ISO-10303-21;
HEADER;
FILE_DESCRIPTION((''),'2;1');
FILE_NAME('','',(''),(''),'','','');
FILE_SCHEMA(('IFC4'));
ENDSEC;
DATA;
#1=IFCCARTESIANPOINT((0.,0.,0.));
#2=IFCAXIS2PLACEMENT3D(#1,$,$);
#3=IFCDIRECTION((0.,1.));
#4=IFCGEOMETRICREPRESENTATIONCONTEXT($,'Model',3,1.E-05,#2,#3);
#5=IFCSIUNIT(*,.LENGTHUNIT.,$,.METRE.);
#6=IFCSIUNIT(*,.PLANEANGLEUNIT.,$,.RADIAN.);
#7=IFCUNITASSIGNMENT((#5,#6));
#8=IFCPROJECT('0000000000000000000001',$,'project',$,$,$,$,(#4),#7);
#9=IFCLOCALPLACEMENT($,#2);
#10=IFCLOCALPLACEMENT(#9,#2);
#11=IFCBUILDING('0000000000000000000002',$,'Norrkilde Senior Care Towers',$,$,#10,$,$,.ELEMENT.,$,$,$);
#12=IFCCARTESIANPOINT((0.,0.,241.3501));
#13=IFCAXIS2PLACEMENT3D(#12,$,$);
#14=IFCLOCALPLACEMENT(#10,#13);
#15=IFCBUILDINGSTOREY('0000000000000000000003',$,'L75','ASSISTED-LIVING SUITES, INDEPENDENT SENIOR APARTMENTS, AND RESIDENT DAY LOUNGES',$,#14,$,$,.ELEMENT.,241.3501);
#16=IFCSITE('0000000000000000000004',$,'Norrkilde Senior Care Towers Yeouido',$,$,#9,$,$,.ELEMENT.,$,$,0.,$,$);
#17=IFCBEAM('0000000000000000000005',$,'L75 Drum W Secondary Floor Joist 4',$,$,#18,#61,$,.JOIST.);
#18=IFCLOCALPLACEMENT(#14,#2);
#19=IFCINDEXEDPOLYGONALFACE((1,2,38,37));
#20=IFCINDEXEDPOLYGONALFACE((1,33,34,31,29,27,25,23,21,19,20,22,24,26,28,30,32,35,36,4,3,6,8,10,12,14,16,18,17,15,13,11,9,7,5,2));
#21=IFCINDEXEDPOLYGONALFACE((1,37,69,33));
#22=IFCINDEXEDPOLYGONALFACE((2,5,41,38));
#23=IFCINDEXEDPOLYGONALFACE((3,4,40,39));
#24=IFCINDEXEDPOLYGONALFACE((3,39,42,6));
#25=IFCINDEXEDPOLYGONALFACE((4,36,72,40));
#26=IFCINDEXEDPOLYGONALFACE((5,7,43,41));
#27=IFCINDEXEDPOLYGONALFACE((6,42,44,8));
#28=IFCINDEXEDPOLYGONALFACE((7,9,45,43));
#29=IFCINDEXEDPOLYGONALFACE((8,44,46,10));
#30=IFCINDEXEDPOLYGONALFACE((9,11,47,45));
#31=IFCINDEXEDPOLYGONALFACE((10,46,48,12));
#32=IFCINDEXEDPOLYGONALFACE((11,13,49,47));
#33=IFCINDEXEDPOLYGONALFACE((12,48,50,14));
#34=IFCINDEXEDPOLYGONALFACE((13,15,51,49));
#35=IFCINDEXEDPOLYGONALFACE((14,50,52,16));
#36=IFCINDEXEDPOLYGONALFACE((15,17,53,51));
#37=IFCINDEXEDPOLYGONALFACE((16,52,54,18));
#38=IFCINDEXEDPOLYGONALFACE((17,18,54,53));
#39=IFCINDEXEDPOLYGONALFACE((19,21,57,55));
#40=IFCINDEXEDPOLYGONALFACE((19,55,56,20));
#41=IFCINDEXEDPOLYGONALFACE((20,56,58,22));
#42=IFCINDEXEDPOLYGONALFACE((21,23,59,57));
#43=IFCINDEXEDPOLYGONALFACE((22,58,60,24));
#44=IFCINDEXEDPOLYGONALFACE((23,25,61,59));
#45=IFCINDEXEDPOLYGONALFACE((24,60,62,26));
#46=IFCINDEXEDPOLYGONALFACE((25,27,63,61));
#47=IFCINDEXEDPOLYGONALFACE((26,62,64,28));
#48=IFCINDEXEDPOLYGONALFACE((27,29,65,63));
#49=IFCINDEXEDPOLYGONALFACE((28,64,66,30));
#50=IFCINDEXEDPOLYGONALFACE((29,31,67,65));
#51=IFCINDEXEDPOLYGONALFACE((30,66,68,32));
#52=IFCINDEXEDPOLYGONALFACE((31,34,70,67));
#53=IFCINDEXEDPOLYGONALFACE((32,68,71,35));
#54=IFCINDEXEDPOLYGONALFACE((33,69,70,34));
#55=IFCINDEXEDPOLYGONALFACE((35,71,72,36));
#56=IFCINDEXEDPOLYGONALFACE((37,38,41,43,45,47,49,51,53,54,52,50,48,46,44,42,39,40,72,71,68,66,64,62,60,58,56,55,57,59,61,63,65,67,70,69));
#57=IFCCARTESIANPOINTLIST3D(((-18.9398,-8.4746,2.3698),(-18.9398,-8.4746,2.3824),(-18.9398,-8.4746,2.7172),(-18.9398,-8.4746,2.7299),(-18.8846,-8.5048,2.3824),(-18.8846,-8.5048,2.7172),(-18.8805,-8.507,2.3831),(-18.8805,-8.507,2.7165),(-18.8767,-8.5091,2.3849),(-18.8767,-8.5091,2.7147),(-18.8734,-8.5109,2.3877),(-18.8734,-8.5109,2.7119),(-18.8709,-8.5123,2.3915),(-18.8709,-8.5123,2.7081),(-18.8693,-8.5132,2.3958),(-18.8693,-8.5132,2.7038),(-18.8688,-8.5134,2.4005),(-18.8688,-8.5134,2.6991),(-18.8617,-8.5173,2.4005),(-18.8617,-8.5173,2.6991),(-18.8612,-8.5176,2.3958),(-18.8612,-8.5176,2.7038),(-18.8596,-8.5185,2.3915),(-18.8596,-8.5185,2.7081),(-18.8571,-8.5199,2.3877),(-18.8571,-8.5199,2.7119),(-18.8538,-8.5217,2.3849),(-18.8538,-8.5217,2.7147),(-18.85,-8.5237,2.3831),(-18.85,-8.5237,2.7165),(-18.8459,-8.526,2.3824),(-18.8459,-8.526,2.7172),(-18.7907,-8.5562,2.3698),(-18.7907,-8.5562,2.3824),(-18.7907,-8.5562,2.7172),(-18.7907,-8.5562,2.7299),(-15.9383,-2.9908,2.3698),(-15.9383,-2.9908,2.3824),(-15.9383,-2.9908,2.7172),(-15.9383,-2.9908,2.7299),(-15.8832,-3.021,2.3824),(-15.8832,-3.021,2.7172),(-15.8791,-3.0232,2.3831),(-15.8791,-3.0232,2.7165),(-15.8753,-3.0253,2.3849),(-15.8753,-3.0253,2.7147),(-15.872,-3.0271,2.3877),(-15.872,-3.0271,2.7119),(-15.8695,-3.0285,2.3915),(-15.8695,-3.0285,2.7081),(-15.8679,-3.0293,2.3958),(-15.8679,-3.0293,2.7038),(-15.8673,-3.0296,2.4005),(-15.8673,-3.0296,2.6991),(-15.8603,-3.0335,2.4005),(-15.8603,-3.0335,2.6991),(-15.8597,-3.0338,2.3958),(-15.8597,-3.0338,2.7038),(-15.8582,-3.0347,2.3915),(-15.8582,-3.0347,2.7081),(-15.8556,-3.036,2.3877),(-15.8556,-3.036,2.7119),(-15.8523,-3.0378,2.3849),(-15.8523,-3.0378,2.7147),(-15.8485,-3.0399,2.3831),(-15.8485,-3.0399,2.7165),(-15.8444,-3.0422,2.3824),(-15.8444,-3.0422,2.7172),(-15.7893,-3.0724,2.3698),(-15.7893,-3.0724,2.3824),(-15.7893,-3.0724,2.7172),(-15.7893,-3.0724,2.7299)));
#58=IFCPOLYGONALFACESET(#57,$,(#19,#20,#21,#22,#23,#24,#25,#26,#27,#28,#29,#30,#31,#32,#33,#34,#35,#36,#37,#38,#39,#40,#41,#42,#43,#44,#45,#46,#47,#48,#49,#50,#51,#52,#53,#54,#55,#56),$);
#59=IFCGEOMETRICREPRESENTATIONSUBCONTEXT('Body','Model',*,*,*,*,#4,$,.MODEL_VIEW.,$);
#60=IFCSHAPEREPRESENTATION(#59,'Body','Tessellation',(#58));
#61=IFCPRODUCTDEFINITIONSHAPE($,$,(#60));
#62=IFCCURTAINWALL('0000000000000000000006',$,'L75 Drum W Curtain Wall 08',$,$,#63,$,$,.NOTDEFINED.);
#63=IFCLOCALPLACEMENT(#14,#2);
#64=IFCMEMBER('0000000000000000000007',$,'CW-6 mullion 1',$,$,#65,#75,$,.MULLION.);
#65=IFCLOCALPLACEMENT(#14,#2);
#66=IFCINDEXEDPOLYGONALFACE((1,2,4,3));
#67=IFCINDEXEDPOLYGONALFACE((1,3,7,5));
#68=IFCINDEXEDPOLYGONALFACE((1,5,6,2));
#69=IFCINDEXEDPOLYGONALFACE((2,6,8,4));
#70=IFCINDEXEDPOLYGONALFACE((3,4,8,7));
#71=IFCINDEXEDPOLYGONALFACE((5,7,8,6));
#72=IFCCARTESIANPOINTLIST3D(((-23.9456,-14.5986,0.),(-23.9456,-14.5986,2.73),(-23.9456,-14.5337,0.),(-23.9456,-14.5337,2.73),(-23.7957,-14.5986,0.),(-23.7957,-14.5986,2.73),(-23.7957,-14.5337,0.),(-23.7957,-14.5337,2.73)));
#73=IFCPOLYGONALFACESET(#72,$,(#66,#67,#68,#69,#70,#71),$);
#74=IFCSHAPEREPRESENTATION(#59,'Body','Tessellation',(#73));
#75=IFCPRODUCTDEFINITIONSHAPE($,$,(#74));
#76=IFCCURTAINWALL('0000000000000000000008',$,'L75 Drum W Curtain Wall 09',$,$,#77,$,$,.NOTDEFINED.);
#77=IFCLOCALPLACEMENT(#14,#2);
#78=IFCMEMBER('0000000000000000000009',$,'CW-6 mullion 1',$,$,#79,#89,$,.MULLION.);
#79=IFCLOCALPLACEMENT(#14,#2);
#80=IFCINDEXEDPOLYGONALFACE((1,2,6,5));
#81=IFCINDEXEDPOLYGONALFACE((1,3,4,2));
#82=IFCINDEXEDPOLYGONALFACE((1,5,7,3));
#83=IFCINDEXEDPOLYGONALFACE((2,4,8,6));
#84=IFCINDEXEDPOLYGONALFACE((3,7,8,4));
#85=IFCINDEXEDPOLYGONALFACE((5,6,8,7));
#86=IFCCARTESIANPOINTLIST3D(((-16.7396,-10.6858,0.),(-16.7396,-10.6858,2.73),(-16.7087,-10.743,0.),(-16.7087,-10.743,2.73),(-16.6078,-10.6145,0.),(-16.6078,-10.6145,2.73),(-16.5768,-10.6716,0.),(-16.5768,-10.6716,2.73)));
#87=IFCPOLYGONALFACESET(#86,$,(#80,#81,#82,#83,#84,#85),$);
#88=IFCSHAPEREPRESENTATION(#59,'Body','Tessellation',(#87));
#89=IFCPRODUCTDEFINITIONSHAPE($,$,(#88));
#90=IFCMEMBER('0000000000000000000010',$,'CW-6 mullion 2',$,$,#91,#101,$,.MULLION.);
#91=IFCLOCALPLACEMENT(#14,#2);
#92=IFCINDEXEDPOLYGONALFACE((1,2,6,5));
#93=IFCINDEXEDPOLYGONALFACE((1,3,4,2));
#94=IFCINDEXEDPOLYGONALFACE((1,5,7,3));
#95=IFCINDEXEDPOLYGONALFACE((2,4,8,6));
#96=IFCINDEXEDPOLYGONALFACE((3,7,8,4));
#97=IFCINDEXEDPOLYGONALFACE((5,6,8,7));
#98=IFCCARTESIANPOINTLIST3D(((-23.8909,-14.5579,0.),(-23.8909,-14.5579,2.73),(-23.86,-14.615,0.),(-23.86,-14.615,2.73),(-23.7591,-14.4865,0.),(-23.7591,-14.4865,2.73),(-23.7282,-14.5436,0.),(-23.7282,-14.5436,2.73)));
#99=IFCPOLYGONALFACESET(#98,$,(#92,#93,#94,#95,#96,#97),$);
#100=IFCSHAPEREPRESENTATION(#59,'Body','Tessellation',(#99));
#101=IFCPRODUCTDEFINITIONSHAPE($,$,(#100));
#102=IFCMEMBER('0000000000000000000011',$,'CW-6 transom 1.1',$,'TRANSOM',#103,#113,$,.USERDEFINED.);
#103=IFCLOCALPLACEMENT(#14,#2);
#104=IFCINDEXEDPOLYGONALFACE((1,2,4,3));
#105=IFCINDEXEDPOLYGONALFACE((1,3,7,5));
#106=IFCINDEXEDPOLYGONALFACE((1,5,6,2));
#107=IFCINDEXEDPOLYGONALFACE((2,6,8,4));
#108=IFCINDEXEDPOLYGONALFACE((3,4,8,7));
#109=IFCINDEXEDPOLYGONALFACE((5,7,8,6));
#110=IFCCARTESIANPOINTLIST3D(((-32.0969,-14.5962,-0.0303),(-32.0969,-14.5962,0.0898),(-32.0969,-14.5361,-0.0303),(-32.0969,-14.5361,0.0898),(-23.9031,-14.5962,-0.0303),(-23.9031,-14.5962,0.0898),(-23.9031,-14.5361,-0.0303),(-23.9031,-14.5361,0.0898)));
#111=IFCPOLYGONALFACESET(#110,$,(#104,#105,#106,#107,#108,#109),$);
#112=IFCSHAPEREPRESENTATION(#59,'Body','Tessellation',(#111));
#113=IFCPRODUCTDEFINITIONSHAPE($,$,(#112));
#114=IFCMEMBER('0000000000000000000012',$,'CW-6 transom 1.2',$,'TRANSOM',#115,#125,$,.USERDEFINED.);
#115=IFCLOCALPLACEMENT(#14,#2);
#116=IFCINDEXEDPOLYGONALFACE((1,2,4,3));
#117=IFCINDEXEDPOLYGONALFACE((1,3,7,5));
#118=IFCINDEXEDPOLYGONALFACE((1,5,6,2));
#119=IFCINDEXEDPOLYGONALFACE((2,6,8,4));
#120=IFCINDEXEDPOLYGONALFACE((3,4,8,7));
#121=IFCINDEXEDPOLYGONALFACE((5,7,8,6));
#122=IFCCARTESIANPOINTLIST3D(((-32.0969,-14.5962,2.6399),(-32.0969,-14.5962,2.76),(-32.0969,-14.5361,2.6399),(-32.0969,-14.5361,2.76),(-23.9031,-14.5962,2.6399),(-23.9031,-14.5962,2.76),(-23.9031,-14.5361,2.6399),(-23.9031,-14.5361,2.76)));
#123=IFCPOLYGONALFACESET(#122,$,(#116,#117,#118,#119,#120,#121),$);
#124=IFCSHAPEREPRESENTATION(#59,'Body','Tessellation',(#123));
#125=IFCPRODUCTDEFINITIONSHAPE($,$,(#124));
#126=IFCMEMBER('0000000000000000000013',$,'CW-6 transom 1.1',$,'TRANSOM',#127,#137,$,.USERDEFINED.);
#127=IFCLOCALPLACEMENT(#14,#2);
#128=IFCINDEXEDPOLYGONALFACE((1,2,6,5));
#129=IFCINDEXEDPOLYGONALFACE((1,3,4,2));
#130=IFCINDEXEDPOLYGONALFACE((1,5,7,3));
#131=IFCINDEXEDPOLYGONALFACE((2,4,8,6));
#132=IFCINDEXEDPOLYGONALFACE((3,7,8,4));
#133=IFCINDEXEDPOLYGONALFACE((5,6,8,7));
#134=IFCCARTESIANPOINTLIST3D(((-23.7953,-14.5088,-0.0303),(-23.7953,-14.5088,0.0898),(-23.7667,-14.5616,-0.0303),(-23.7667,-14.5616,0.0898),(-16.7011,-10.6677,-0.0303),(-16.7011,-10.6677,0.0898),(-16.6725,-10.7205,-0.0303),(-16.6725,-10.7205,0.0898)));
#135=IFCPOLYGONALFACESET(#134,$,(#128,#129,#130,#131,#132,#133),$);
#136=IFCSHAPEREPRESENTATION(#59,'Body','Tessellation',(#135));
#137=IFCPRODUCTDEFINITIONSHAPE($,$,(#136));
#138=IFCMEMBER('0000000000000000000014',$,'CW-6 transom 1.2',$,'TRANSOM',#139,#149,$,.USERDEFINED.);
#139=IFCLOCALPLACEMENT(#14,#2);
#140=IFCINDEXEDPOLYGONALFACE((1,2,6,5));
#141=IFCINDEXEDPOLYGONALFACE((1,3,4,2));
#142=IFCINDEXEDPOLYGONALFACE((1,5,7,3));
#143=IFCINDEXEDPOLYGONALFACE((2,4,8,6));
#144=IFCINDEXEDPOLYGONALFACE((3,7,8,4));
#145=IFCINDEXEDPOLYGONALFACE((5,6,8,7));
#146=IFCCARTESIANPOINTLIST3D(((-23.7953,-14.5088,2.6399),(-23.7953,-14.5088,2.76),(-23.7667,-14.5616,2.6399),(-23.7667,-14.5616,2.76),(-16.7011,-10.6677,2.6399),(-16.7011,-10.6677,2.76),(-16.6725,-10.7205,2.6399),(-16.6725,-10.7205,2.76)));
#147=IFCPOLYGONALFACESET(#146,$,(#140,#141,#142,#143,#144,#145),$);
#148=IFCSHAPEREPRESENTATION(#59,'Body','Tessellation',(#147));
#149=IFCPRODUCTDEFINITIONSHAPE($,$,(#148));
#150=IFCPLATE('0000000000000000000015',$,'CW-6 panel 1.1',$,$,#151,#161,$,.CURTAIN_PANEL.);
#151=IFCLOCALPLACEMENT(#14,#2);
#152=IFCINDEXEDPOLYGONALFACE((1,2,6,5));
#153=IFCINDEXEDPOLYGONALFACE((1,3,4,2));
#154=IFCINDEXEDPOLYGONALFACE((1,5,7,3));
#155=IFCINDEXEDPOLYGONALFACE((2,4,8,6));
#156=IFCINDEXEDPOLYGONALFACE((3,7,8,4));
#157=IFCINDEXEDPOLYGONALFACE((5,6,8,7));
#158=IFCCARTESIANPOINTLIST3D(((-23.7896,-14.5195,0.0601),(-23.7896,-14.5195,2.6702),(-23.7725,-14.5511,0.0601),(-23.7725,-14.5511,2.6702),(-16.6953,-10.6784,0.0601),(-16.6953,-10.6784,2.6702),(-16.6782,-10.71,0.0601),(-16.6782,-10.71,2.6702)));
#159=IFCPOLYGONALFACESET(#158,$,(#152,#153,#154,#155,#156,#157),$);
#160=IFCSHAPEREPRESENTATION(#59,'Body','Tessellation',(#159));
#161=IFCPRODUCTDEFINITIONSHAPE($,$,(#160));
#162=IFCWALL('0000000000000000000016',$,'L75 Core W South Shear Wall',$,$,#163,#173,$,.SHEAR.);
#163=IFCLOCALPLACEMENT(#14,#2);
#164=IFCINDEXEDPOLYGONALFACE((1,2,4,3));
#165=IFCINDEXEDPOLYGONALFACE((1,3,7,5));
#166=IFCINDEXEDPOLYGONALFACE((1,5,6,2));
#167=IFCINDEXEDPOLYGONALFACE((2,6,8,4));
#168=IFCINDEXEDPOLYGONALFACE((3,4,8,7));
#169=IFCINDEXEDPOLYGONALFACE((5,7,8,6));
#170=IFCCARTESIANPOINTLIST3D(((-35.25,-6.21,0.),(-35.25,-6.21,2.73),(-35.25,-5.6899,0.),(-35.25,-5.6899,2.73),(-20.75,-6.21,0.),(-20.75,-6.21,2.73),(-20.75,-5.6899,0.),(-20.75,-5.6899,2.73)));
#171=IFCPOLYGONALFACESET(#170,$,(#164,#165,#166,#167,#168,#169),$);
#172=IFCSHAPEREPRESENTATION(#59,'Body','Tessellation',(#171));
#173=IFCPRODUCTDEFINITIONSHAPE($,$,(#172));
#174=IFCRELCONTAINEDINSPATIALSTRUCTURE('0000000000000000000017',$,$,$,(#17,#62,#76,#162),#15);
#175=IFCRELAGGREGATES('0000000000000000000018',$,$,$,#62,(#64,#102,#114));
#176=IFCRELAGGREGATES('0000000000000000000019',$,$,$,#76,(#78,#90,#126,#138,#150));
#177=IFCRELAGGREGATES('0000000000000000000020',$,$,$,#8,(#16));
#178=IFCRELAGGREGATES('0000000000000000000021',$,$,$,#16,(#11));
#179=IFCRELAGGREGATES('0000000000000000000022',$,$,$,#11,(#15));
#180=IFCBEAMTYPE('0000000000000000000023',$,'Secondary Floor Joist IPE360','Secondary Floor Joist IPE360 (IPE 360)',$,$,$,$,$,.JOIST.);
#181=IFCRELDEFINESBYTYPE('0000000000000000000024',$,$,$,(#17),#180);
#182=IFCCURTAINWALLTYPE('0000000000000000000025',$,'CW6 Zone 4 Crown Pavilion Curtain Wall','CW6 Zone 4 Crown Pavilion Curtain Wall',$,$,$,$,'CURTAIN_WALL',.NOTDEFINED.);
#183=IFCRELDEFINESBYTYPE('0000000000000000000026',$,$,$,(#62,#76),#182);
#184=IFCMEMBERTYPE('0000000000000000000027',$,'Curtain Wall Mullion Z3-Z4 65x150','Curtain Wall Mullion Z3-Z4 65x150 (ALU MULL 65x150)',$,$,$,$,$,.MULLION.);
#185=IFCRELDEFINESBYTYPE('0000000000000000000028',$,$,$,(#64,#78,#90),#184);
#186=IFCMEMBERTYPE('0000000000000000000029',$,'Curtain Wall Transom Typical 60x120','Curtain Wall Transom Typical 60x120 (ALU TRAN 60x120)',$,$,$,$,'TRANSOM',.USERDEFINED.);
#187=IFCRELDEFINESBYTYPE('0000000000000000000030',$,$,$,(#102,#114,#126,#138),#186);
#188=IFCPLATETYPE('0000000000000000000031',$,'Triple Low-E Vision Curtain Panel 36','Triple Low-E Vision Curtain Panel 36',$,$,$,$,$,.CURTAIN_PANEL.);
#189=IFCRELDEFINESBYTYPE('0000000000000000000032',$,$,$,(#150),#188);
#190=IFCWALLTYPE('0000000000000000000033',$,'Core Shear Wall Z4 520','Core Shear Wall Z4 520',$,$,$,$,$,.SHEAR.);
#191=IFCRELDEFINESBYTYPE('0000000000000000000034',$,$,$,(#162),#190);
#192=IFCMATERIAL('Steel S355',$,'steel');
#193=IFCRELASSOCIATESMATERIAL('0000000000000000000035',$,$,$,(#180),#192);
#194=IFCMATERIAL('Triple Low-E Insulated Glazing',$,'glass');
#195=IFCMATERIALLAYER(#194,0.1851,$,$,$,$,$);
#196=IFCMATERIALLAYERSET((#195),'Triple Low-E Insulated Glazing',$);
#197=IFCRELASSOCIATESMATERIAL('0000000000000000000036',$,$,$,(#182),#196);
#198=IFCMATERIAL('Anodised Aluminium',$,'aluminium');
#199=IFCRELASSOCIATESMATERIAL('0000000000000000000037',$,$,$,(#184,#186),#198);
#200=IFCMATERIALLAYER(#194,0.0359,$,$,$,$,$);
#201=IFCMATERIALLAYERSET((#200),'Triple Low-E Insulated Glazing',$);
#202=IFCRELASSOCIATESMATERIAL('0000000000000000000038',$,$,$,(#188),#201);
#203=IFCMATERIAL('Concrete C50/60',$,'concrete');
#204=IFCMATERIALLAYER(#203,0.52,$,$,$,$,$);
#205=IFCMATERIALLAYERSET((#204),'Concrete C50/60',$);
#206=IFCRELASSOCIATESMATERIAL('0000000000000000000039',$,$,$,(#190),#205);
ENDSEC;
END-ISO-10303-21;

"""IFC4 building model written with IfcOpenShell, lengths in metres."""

from ifc_helpers import new_model, si_unit, direction, frame, frame_2d, origin, origin_2d, place, context, subcontext, project, spatial, rectangle, i_section, extrude, source, transform, mapped, material, layer, layer_set, material_profile, profile_set, type_object, type_shapes, element, aggregate, save


model = new_model("IFC4")

# Units and contexts
model_context = context("Model", 3, precision=1e-05, world=origin(), true_north=direction((0.0, 1.0)))
body_context = subcontext(model_context, "Body", "Model", "MODEL_VIEW")
ifc_project = project(units=[si_unit("LENGTHUNIT", "METRE"), si_unit("PLANEANGLEUNIT", "RADIAN")], contexts=[model_context])

# Site, building, storey
site_placement = place(None, origin())
site = spatial("IfcSite", under=ifc_project, at=site_placement, Name="Norrkilde Senior Care Towers Yeouido", CompositionType="ELEMENT", RefElevation=0.0)
building_placement = place(site_placement, origin())
building = spatial("IfcBuilding", under=site, at=building_placement, Name="Norrkilde Senior Care Towers", CompositionType="ELEMENT")
storey_placement = place(building_placement, frame((0.0, 0.0, 241.3501)))
storey = spatial("IfcBuildingStorey", under=building, at=storey_placement, Name="L75", Description="ASSISTED-LIVING SUITES, INDEPENDENT SENIOR APARTMENTS, AND RESIDENT DAY LOUNGES", CompositionType="ELEMENT", Elevation=241.3501)

# Shared definitions
ifc_material_1 = material(Name="Concrete C50/60", Category="concrete")

# Beam
ifc_material_2 = material(Name="Steel S355", Category="steel")
ifc_material_profile_1 = material_profile(ifc_material_2, i_section(OverallWidth=0.1699, OverallDepth=0.3601, WebThickness=0.0081, FlangeThickness=0.0127, FilletRadius=0.0181, at=origin_2d()), Name="IPE 360")
ifc_profile_set_1 = profile_set([ifc_material_profile_1], Name="Steel S355")
beam_type_1 = type_object("IfcBeamType", Name="Secondary Floor Joist IPE360", Description="Secondary Floor Joist IPE360 (IPE 360)", PredefinedType="JOIST", material=ifc_profile_set_1)
shared_shape_1 = source(origin(), body_context, "Body", "SweptSolid", [
    extrude(i_section(OverallWidth=0.1699, OverallDepth=0.3601, WebThickness=0.0081, FlangeThickness=0.0127, FilletRadius=0.0181, at=origin_2d()), origin(), (0.0, 0.0, 1.0), 6.2515),
])
type_shapes(beam_type_1, [shared_shape_1])
beam_1_placement = place(storey_placement, frame((-18.8652, -8.5154, 2.5498), z_axis=(0.480116, 0.877205, 0.0), x_axis=(-0.877205, 0.480116, 0.0)))
element("IfcBeam", 1, at=beam_1_placement, inside=storey, type_object=beam_type_1, Name="L75 Drum W Secondary Floor Joist 4", PredefinedType="JOIST", context=body_context, shape_type="MappedRepresentation", body=[
    mapped(shared_shape_1, transform((0.0, 0.0, 0.0), x_axis=(1.0, 0.0, 0.0), y_axis=(0.0, 1.0, 0.0), z_axis=(0.0, 0.0, 1.0), scale=1.0)),
])

# Curtain wall, member
ifc_material_3 = material(Name="Triple Low-E Insulated Glazing", Category="glass")
ifc_layer_1 = layer(ifc_material_3, 0.1851)
ifc_layer_set_1 = layer_set([ifc_layer_1], Name="Triple Low-E Insulated Glazing")
curtain_wall_type = type_object("IfcCurtainWallType", Name="CW6 Zone 4 Crown Pavilion Curtain Wall", Description="CW6 Zone 4 Crown Pavilion Curtain Wall", ElementType="CURTAIN_WALL", PredefinedType="NOTDEFINED", material=ifc_layer_set_1)
curtain_wall_1_placement = place(storey_placement, origin())
curtain_wall_1 = element("IfcCurtainWall", 2, at=curtain_wall_1_placement, inside=storey, type_object=curtain_wall_type, Name="L75 Drum W Curtain Wall 08", PredefinedType="NOTDEFINED")
ifc_material_4 = material(Name="Anodised Aluminium", Category="aluminium")
ifc_material_profile_2 = material_profile(ifc_material_4, rectangle(XDim=0.0649, YDim=0.1499, at=origin_2d()), Name="ALU MULL 65x150")
ifc_profile_set_2 = profile_set([ifc_material_profile_2], Name="Anodised Aluminium")
member_type_1 = type_object("IfcMemberType", Name="Curtain Wall Mullion Z3-Z4 65x150", Description="Curtain Wall Mullion Z3-Z4 65x150 (ALU MULL 65x150)", PredefinedType="MULLION", material=ifc_profile_set_2)
shared_shape_2 = source(origin(), body_context, "Body", "SweptSolid", [
    extrude(rectangle(XDim=0.0649, YDim=0.1499, at=origin_2d()), origin(), (0.0, 0.0, 1.0), 2.73),
])
type_shapes(member_type_1, [shared_shape_2])
member_1_placement = place(storey_placement, frame((-23.8706, -14.5662, 0.0), z_axis=(0.0, 0.0, 1.0), x_axis=(0.0, -1.0, 0.0)))
member_1 = element("IfcMember", 3, at=member_1_placement, type_object=member_type_1, Name="CW-6 mullion 1", PredefinedType="MULLION", context=body_context, shape_type="MappedRepresentation", body=[
    mapped(shared_shape_2, transform((0.0, 0.0, 0.0), x_axis=(1.0, 0.0, 0.0), y_axis=(0.0, 1.0, 0.0), z_axis=(0.0, 0.0, 1.0), scale=1.0)),
])

# Curtain wall, members
curtain_wall_2_placement = place(storey_placement, origin())
curtain_wall_2 = element("IfcCurtainWall", 4, at=curtain_wall_2_placement, inside=storey, type_object=curtain_wall_type, Name="L75 Drum W Curtain Wall 09", PredefinedType="NOTDEFINED")
member_2_placement = place(storey_placement, frame((-16.6582, -10.6787, 0.0), z_axis=(0.0, 0.0, 1.0), x_axis=(0.476133, -0.879373, 0.0)))
member_2 = element("IfcMember", 5, at=member_2_placement, type_object=member_type_1, Name="CW-6 mullion 1", PredefinedType="MULLION", context=body_context, shape_type="MappedRepresentation", body=[
    mapped(shared_shape_2, transform((0.0, 0.0, 0.0), x_axis=(1.0, 0.0, 0.0), y_axis=(0.0, 1.0, 0.0), z_axis=(0.0, 0.0, 1.0), scale=1.0)),
])
member_3_placement = place(storey_placement, frame((-23.8096, -14.5508, 0.0), z_axis=(0.0, 0.0, 1.0), x_axis=(0.476133, -0.879373, 0.0)))
member_3 = element("IfcMember", 6, at=member_3_placement, type_object=member_type_1, Name="CW-6 mullion 2", PredefinedType="MULLION", context=body_context, shape_type="MappedRepresentation", body=[
    mapped(shared_shape_2, transform((0.0, 0.0, 0.0), x_axis=(1.0, 0.0, 0.0), y_axis=(0.0, 1.0, 0.0), z_axis=(0.0, 0.0, 1.0), scale=1.0)),
])

# Members
ifc_material_profile_3 = material_profile(ifc_material_4, rectangle(XDim=0.0601, YDim=0.1201, at=origin_2d()), Name="ALU TRAN 60x120")
ifc_profile_set_3 = profile_set([ifc_material_profile_3], Name="Anodised Aluminium")
member_type_2 = type_object("IfcMemberType", Name="Curtain Wall Transom Typical 60x120", Description="Curtain Wall Transom Typical 60x120 (ALU TRAN 60x120)", ElementType="TRANSOM", PredefinedType="USERDEFINED", material=ifc_profile_set_3)
shared_shape_3 = source(origin(), body_context, "Body", "SweptSolid", [
    extrude(rectangle(XDim=0.0601, YDim=0.1201, at=origin_2d()), origin(), (0.0, 0.0, 1.0), 8.1938),
])
member_4_placement = place(storey_placement, frame((-23.9031, -14.5662, 0.0298), z_axis=(-1.0, 0.0, 0.0), x_axis=(0.0, -1.0, 0.0)))
member_4 = element("IfcMember", 7, at=member_4_placement, type_object=member_type_2, Name="CW-6 transom 1.1", ObjectType="TRANSOM", PredefinedType="USERDEFINED", context=body_context, shape_type="MappedRepresentation", body=[
    mapped(shared_shape_3, transform((0.0, 0.0, 0.0), x_axis=(1.0, 0.0, 0.0), y_axis=(0.0, 1.0, 0.0), z_axis=(0.0, 0.0, 1.0), scale=1.0)),
])
member_5_placement = place(storey_placement, frame((-23.9031, -14.5662, 2.7), z_axis=(-1.0, 0.0, 0.0), x_axis=(0.0, -1.0, 0.0)))
member_5 = element("IfcMember", 8, at=member_5_placement, type_object=member_type_2, Name="CW-6 transom 1.2", ObjectType="TRANSOM", PredefinedType="USERDEFINED", context=body_context, shape_type="MappedRepresentation", body=[
    mapped(shared_shape_3, transform((0.0, 0.0, 0.0), x_axis=(1.0, 0.0, 0.0), y_axis=(0.0, 1.0, 0.0), z_axis=(0.0, 0.0, 1.0), scale=1.0)),
])
aggregate(curtain_wall_1, [member_1, member_4, member_5])
shared_shape_4 = source(origin(), body_context, "Body", "SweptSolid", [
    extrude(rectangle(XDim=0.0601, YDim=0.1201, at=origin_2d()), origin(), (0.0, 0.0, 1.0), 8.0674),
])
type_shapes(member_type_2, [shared_shape_3, shared_shape_4])
member_6_placement = place(storey_placement, frame((-16.6868, -10.6941, 0.0298), z_axis=(-0.879378, -0.476125, 0.0), x_axis=(0.476125, -0.879378, 0.0)))
member_6 = element("IfcMember", 9, at=member_6_placement, type_object=member_type_2, Name="CW-6 transom 1.1", ObjectType="TRANSOM", PredefinedType="USERDEFINED", context=body_context, shape_type="MappedRepresentation", body=[
    mapped(shared_shape_4, transform((0.0, 0.0, 0.0), x_axis=(1.0, 0.0, 0.0), y_axis=(0.0, 1.0, 0.0), z_axis=(0.0, 0.0, 1.0), scale=1.0)),
])
member_7_placement = place(storey_placement, frame((-16.6868, -10.6941, 2.7), z_axis=(-0.879378, -0.476125, 0.0), x_axis=(0.476125, -0.879378, 0.0)))
member_7 = element("IfcMember", 10, at=member_7_placement, type_object=member_type_2, Name="CW-6 transom 1.2", ObjectType="TRANSOM", PredefinedType="USERDEFINED", context=body_context, shape_type="MappedRepresentation", body=[
    mapped(shared_shape_4, transform((0.0, 0.0, 0.0), x_axis=(1.0, 0.0, 0.0), y_axis=(0.0, 1.0, 0.0), z_axis=(0.0, 0.0, 1.0), scale=1.0)),
])

# Plate
ifc_layer_2 = layer(ifc_material_3, 0.0359)
ifc_layer_set_2 = layer_set([ifc_layer_2], Name="Triple Low-E Insulated Glazing")
plate_type = type_object("IfcPlateType", Name="Triple Low-E Vision Curtain Panel 36", Description="Triple Low-E Vision Curtain Panel 36", PredefinedType="CURTAIN_PANEL", material=ifc_layer_set_2)
shared_shape_5 = source(origin(), body_context, "Body", "SweptSolid", [
    extrude(rectangle(XDim=8.0674, YDim=0.0359, at=origin_2d()), origin(), (0.0, 0.0, 1.0), 2.6101),
])
type_shapes(plate_type, [shared_shape_5])
plate_placement = place(storey_placement, frame((-20.2339, -12.6147, 0.0601), z_axis=(0.0, 0.0, 1.0), x_axis=(-0.879373, -0.476133, 0.0)))
plate = element("IfcPlate", 11, at=plate_placement, type_object=plate_type, Name="CW-6 panel 1.1", PredefinedType="CURTAIN_PANEL", context=body_context, shape_type="MappedRepresentation", body=[
    mapped(shared_shape_5, transform((0.0, 0.0, 0.0), x_axis=(1.0, 0.0, 0.0), y_axis=(0.0, 1.0, 0.0), z_axis=(0.0, 0.0, 1.0), scale=1.0)),
])
aggregate(curtain_wall_2, [member_2, member_3, member_6, member_7, plate])

# Wall
ifc_layer_3 = layer(ifc_material_1, 0.52)
ifc_layer_set_3 = layer_set([ifc_layer_3], Name="Concrete C50/60")
wall_type_1 = type_object("IfcWallType", Name="Core Shear Wall Z4 520", Description="Core Shear Wall Z4 520", PredefinedType="SHEAR", material=ifc_layer_set_3)
shared_shape_6 = source(origin(), body_context, "Body", "SweptSolid", [
    extrude(rectangle(XDim=14.5, YDim=0.52, at=frame_2d((7.25, 0.0))), origin(), (0.0, 0.0, 1.0), 2.73),
])
type_shapes(wall_type_1, [shared_shape_6])
wall_1_placement = place(storey_placement, frame((-20.75, -5.95, 0.0), z_axis=(0.0, 0.0, 1.0), x_axis=(-1.0, 0.0, 0.0)))
element("IfcWall", 12, at=wall_1_placement, inside=storey, type_object=wall_type_1, Name="L75 Core W South Shear Wall", PredefinedType="SHEAR", context=body_context, shape_type="MappedRepresentation", body=[
    mapped(shared_shape_6, transform((0.0, 0.0, 0.0), x_axis=(1.0, 0.0, 0.0), y_axis=(0.0, 1.0, 0.0), z_axis=(0.0, 0.0, 1.0), scale=1.0)),
])

save(model, "model.ifc")
